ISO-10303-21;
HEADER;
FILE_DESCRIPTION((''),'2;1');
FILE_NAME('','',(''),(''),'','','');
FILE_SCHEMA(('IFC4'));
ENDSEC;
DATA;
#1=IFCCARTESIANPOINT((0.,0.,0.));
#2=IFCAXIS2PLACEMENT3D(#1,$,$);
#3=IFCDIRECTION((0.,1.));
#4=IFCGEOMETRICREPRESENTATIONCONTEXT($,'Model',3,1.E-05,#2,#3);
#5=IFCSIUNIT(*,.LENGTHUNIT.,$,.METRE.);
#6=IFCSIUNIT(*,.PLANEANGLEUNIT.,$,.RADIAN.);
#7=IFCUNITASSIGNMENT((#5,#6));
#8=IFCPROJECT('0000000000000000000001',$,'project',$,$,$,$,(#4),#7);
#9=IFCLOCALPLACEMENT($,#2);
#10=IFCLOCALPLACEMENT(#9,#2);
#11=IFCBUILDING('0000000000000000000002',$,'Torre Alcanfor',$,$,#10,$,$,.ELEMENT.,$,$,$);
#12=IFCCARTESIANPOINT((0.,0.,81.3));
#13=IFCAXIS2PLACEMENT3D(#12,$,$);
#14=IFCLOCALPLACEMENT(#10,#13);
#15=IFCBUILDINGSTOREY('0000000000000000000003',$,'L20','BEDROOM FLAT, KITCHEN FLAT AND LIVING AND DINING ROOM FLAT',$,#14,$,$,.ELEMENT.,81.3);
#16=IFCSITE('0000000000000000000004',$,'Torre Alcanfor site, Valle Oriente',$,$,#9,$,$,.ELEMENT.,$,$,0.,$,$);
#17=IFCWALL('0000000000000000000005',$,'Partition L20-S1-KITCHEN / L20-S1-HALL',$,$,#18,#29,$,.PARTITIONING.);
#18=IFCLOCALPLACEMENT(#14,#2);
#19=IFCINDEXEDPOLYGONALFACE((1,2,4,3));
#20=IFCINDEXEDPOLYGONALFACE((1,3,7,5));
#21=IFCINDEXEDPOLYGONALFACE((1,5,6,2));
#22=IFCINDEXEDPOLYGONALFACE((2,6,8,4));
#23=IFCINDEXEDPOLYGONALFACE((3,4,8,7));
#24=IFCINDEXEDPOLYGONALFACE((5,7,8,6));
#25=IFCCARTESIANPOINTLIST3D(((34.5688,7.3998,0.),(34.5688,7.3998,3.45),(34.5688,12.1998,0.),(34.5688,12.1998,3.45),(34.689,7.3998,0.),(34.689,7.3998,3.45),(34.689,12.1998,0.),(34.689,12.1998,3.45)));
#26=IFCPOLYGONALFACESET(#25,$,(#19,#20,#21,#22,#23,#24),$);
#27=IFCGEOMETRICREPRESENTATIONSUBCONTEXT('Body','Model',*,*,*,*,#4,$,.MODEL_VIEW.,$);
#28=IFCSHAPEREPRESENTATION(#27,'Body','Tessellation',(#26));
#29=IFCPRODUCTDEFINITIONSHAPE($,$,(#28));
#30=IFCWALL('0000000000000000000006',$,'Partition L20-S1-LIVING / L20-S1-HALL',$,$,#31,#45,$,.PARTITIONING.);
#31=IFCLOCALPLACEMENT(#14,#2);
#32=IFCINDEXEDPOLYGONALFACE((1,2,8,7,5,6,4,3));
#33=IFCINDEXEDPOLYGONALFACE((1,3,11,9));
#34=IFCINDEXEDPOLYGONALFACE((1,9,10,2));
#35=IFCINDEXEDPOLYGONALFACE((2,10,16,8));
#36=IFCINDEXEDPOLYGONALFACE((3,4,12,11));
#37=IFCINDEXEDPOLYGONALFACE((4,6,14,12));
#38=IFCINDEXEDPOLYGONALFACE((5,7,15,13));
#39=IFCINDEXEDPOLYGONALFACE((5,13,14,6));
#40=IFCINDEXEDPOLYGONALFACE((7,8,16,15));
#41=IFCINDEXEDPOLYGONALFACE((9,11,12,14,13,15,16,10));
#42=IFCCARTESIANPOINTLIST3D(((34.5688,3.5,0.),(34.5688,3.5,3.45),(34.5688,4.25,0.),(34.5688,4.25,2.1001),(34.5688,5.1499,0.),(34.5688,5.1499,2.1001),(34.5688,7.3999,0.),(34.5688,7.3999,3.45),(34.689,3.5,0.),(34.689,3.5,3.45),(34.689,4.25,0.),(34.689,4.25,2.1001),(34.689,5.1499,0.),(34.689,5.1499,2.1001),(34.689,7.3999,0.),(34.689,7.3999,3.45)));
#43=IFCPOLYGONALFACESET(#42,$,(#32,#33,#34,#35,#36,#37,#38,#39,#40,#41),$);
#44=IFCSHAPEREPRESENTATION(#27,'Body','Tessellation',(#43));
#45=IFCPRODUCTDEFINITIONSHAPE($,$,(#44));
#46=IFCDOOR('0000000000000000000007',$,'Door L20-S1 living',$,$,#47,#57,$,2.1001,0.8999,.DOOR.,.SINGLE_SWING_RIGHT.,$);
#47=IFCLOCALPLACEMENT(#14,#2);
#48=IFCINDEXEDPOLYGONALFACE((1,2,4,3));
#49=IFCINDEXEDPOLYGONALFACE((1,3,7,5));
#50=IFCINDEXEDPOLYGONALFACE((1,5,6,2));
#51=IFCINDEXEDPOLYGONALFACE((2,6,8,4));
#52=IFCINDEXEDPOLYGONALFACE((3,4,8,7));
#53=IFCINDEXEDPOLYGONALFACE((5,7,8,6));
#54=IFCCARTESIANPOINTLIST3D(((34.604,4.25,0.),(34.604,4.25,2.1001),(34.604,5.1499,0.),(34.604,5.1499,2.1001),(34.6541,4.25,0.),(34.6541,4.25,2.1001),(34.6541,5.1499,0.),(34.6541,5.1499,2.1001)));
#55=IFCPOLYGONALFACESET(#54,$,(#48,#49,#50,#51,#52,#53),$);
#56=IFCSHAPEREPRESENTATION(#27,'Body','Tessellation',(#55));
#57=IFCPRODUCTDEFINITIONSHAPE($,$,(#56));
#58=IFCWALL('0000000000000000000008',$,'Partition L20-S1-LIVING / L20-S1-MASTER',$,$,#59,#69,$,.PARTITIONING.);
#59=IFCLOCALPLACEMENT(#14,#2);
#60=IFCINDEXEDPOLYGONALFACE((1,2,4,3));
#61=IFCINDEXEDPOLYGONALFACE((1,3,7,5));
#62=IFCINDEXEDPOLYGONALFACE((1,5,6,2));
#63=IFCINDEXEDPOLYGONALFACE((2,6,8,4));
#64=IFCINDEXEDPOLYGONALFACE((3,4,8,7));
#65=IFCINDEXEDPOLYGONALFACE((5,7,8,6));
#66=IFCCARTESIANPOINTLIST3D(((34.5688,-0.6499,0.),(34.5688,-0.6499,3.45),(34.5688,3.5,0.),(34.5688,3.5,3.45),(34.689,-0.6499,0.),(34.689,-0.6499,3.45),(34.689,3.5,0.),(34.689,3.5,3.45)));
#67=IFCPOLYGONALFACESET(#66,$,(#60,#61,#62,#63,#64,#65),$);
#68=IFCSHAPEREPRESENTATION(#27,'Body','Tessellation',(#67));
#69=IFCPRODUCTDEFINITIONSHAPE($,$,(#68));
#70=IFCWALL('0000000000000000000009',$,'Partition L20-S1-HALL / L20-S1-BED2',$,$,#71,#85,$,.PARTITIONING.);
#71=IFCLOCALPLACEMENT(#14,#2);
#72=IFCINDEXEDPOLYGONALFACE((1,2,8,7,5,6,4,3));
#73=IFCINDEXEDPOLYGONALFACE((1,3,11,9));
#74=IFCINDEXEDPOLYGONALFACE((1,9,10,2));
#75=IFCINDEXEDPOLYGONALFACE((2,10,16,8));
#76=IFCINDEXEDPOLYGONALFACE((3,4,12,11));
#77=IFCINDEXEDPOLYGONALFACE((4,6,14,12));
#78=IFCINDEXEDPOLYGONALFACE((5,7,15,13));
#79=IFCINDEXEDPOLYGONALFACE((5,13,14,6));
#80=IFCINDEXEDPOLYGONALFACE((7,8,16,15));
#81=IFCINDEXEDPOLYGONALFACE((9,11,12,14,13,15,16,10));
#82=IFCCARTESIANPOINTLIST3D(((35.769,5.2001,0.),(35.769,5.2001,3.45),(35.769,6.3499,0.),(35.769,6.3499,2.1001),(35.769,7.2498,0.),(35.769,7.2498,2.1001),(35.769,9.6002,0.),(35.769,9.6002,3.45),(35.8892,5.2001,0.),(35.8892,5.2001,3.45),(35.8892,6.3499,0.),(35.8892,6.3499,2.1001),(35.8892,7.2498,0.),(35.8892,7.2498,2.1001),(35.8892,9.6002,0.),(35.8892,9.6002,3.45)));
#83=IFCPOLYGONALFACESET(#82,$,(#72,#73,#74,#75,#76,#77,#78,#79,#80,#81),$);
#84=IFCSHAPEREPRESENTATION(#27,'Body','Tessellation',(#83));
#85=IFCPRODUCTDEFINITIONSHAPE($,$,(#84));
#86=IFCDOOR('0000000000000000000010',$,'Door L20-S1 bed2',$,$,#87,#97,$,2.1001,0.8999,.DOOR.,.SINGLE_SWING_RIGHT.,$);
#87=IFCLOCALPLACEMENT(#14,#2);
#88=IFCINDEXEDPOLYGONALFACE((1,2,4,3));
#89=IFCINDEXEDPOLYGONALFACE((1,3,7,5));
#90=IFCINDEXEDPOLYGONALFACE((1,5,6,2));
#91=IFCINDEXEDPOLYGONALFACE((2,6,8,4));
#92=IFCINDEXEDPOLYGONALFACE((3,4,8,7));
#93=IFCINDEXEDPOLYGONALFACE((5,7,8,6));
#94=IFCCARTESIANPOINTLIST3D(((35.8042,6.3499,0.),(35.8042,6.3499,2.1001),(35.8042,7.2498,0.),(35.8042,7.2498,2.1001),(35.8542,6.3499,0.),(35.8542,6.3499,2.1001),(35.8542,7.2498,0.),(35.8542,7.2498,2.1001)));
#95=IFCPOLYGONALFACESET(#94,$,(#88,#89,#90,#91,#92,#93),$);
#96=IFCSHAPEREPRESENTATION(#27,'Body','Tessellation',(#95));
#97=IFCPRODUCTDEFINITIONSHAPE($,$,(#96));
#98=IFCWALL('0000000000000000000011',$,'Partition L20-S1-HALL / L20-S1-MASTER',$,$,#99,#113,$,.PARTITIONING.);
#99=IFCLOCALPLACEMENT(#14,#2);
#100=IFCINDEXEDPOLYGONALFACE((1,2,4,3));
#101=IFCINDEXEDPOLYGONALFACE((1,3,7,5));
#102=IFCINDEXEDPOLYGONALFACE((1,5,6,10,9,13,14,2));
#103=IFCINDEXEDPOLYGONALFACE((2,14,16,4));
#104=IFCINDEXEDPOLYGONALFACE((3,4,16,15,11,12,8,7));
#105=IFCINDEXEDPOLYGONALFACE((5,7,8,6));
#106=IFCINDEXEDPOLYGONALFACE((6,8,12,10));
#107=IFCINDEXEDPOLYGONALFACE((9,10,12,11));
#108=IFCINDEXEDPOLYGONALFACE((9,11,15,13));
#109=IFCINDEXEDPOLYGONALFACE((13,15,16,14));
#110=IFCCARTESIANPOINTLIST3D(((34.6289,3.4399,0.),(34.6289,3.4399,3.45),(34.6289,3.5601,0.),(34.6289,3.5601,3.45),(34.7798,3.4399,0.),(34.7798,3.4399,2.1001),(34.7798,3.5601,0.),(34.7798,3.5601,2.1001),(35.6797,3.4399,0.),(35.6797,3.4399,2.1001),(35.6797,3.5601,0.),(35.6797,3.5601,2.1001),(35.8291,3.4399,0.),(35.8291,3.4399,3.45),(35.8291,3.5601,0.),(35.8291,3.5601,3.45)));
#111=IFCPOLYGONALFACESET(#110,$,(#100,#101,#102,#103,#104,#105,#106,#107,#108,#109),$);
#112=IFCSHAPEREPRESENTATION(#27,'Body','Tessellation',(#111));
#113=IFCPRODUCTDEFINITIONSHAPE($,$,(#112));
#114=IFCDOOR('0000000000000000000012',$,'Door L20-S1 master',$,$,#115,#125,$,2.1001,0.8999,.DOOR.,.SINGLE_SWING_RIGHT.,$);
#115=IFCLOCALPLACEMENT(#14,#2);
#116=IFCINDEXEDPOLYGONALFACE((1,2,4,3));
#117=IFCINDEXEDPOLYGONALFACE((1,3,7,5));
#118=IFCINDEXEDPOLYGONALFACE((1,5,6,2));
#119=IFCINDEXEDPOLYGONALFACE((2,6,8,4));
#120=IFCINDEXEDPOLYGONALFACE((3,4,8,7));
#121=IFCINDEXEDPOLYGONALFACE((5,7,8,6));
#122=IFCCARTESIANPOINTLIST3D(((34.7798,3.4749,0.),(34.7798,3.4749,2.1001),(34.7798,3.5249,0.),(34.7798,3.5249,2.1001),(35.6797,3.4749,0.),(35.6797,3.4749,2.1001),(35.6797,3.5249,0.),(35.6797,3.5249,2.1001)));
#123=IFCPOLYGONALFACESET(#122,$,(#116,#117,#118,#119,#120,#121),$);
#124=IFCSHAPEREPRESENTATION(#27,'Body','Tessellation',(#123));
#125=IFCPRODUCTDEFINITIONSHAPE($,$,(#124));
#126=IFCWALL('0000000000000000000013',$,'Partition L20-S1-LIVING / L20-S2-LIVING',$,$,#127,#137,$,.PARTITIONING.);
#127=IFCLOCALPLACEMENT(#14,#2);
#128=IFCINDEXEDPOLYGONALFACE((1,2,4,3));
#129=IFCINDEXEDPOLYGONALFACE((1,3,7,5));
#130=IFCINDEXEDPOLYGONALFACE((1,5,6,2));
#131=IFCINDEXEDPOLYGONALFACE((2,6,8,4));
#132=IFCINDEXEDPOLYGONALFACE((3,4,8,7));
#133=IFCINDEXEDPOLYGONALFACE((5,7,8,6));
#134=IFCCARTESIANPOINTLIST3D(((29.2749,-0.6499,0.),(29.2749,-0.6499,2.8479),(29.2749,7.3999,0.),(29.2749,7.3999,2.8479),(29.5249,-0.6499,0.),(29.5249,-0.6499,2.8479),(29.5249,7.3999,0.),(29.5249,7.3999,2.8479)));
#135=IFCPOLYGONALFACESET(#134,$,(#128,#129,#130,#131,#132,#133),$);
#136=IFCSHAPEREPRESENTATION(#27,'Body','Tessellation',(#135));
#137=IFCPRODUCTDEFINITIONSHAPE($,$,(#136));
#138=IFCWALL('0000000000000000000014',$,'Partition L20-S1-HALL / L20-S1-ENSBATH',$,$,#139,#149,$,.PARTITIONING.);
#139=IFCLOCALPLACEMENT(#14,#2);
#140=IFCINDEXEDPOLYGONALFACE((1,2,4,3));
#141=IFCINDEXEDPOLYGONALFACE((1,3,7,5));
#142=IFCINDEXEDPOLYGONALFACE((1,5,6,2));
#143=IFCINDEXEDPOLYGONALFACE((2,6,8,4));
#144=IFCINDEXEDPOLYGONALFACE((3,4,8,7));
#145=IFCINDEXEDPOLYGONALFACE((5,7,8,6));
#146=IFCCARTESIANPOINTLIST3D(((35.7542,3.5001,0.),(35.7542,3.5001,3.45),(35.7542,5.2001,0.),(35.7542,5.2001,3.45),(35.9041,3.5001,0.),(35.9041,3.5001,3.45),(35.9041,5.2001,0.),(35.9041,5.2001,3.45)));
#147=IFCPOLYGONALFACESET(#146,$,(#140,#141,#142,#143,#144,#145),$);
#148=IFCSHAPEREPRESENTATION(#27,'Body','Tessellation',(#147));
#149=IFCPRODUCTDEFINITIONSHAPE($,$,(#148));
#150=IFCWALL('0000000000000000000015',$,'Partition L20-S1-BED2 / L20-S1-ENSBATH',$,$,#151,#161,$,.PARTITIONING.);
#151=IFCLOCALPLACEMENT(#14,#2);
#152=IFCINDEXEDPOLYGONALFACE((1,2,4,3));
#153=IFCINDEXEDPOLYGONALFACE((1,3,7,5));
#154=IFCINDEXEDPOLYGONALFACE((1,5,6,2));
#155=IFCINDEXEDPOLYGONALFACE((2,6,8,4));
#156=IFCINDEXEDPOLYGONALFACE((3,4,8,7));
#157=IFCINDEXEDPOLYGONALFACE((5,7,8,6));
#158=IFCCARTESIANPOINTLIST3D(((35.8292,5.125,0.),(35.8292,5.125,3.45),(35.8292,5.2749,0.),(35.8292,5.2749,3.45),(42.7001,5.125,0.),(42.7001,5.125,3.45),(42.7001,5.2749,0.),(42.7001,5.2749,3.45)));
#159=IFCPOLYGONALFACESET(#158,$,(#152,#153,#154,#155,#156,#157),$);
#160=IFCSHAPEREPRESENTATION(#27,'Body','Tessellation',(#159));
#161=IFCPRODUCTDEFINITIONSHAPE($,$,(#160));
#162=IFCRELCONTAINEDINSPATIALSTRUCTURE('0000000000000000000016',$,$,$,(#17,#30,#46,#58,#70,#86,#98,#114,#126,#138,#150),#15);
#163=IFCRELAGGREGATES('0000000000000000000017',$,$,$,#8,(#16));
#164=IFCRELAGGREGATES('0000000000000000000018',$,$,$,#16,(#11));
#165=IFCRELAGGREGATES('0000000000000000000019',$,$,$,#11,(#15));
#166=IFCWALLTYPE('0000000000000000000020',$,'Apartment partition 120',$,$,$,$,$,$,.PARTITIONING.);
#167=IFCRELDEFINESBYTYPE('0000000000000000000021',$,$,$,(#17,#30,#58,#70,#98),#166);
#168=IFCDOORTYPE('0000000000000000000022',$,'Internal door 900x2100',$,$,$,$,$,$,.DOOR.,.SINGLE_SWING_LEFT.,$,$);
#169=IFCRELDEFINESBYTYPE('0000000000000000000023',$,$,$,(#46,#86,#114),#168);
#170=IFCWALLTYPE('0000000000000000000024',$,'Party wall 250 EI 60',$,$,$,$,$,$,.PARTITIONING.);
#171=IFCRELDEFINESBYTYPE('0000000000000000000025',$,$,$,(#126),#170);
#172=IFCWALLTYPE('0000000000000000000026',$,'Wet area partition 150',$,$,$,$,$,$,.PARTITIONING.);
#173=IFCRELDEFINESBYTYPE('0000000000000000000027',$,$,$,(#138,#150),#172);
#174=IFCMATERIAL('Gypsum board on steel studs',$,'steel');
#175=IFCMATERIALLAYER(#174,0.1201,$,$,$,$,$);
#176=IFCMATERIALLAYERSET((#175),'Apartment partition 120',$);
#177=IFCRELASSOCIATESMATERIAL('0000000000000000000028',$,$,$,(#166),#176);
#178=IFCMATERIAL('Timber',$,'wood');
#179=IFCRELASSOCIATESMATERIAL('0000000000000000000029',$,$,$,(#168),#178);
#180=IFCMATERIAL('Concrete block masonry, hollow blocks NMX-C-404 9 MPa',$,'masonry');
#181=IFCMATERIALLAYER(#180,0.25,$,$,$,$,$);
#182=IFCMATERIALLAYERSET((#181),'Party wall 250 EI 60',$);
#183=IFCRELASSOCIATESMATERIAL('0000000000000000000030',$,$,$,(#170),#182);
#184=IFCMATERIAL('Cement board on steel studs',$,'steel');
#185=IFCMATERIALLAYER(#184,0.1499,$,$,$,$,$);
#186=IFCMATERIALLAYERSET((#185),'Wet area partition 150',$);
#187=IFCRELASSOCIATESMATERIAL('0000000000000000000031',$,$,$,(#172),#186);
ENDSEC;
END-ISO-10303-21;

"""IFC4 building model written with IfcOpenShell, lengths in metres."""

from ifc_helpers import new_model, si_unit, direction, frame, frame_2d, origin, place, context, subcontext, project, spatial, rectangle, extrude, material, layer, layer_set, type_object, element, fill, save


model = new_model("IFC4")

# Units and contexts
model_context = context("Model", 3, precision=1e-05, world=origin(), true_north=direction((0.0, 1.0)))
body_context = subcontext(model_context, "Body", "Model", "MODEL_VIEW")
ifc_project = project(units=[si_unit("LENGTHUNIT", "METRE"), si_unit("PLANEANGLEUNIT", "RADIAN")], contexts=[model_context])

# Site, building, storey
site_placement = place(None, origin())
site = spatial("IfcSite", under=ifc_project, at=site_placement, Name="Torre Alcanfor site, Valle Oriente", CompositionType="ELEMENT", RefElevation=0.0)
building_placement = place(site_placement, origin())
building = spatial("IfcBuilding", under=site, at=building_placement, Name="Torre Alcanfor", CompositionType="ELEMENT")
storey_placement = place(building_placement, frame((0.0, 0.0, 81.3)))
storey = spatial("IfcBuildingStorey", under=building, at=storey_placement, Name="L20", Description="BEDROOM FLAT, KITCHEN FLAT AND LIVING AND DINING ROOM FLAT", CompositionType="ELEMENT", Elevation=81.3)

# Wall
ifc_material_1 = material(Name="Gypsum board on steel studs", Category="steel")
ifc_layer_1 = layer(ifc_material_1, 0.1201)
ifc_layer_set_1 = layer_set([ifc_layer_1], Name="Apartment partition 120")
wall_type_1 = type_object("IfcWallType", Name="Apartment partition 120", PredefinedType="PARTITIONING", material=ifc_layer_set_1)
wall_1_placement = place(storey_placement, frame((34.6289, 7.3999, 0.0), z_axis=(0.0, 0.0, 1.0), x_axis=(0.0, 1.0, 0.0)))
element("IfcWall", 1, at=wall_1_placement, inside=storey, type_object=wall_type_1, Name="Partition L20-S1-KITCHEN / L20-S1-HALL", PredefinedType="PARTITIONING", context=body_context, shape_type="SweptSolid", body=[
    extrude(rectangle(XDim=4.8, YDim=0.1201, at=frame_2d((2.3999, 0.0))), origin(), (0.0, 0.0, 1.0), 3.45),
])

# Wall, opening, door
wall_2_placement = place(storey_placement, frame((34.6289, 3.5, 0.0), z_axis=(0.0, 0.0, 1.0), x_axis=(0.0, 1.0, 0.0)))
wall_2 = element("IfcWall", 2, at=wall_2_placement, inside=storey, type_object=wall_type_1, Name="Partition L20-S1-LIVING / L20-S1-HALL", PredefinedType="PARTITIONING", context=body_context, shape_type="SweptSolid", body=[
    extrude(rectangle(XDim=3.8999, YDim=0.1201, at=frame_2d((1.95, 0.0))), origin(), (0.0, 0.0, 1.0), 3.45),
])
opening_1_placement = place(wall_2_placement, frame((0.75, 0.0, 0.0)))
opening_1 = element("IfcOpeningElement", 3, at=opening_1_placement, cuts=wall_2, PredefinedType="OPENING", context=body_context, shape_type="SweptSolid", body=[
    extrude(rectangle(XDim=0.8999, YDim=2.1001, at=frame_2d((0.45, 1.05))), frame((0.0, 0.0701, 0.0), z_axis=(0.0, -1.0, 0.0), x_axis=(1.0, 0.0, 0.0)), (0.0, 0.0, 1.0), 0.1401),
])
ifc_material_2 = material(Name="Timber", Category="wood")
door_type_1 = type_object("IfcDoorType", Name="Internal door 900x2100", OperationType="SINGLE_SWING_LEFT", PredefinedType="DOOR", material=ifc_material_2)
door_1_placement = place(opening_1_placement, origin())
door_1 = element("IfcDoor", 4, at=door_1_placement, inside=storey, type_object=door_type_1, Name="Door L20-S1 living", OperationType="SINGLE_SWING_RIGHT", OverallHeight=2.1001, OverallWidth=0.8999, PredefinedType="DOOR", context=body_context, shape_type="SweptSolid", body=[
    extrude(rectangle(XDim=0.8999, YDim=2.1001, at=frame_2d((0.45, 1.05))), frame((0.0, 0.0249, 0.0), z_axis=(0.0, -1.0, 0.0), x_axis=(1.0, 0.0, 0.0)), (0.0, 0.0, 1.0), 0.05),
])
fill(opening_1, door_1)

# Wall
wall_3_placement = place(storey_placement, frame((34.6289, -0.6499, 0.0), z_axis=(0.0, 0.0, 1.0), x_axis=(0.0, 1.0, 0.0)))
element("IfcWall", 5, at=wall_3_placement, inside=storey, type_object=wall_type_1, Name="Partition L20-S1-LIVING / L20-S1-MASTER", PredefinedType="PARTITIONING", context=body_context, shape_type="SweptSolid", body=[
    extrude(rectangle(XDim=4.1499, YDim=0.1201, at=frame_2d((2.075, 0.0))), origin(), (0.0, 0.0, 1.0), 3.45),
])

# Walls, openings, doors
wall_4_placement = place(storey_placement, frame((35.8291, 5.2, 0.0), z_axis=(0.0, 0.0, 1.0), x_axis=(0.0, 1.0, 0.0)))
wall_4 = element("IfcWall", 6, at=wall_4_placement, inside=storey, type_object=wall_type_1, Name="Partition L20-S1-HALL / L20-S1-BED2", PredefinedType="PARTITIONING", context=body_context, shape_type="SweptSolid", body=[
    extrude(rectangle(XDim=4.4001, YDim=0.1201, at=frame_2d((2.2002, 0.0))), origin(), (0.0, 0.0, 1.0), 3.45),
])
opening_2_placement = place(wall_4_placement, frame((1.1499, 0.0, 0.0)))
opening_2 = element("IfcOpeningElement", 7, at=opening_2_placement, cuts=wall_4, PredefinedType="OPENING", context=body_context, shape_type="SweptSolid", body=[
    extrude(rectangle(XDim=0.8999, YDim=2.1001, at=frame_2d((0.45, 1.05))), frame((0.0, 0.0701, 0.0), z_axis=(0.0, -1.0, 0.0), x_axis=(1.0, 0.0, 0.0)), (0.0, 0.0, 1.0), 0.1401),
])
door_2_placement = place(opening_2_placement, frame((0.8999, 0.0, 0.0), z_axis=(0.0, 0.0, 1.0), x_axis=(-1.0, 0.0, 0.0)))
door_2 = element("IfcDoor", 8, at=door_2_placement, inside=storey, type_object=door_type_1, Name="Door L20-S1 bed2", OperationType="SINGLE_SWING_RIGHT", OverallHeight=2.1001, OverallWidth=0.8999, PredefinedType="DOOR", context=body_context, shape_type="SweptSolid", body=[
    extrude(rectangle(XDim=0.8999, YDim=2.1001, at=frame_2d((0.45, 1.05))), frame((0.0, 0.0251, 0.0), z_axis=(0.0, -1.0, 0.0), x_axis=(1.0, 0.0, 0.0)), (0.0, 0.0, 1.0), 0.05),
])
fill(opening_2, door_2)
wall_5_placement = place(storey_placement, frame((34.6289, 3.5, 0.0), z_axis=(0.0, 0.0, 1.0), x_axis=(1.0, 0.0, 0.0)))
wall_5 = element("IfcWall", 9, at=wall_5_placement, inside=storey, type_object=wall_type_1, Name="Partition L20-S1-HALL / L20-S1-MASTER", PredefinedType="PARTITIONING", context=body_context, shape_type="SweptSolid", body=[
    extrude(rectangle(XDim=1.2002, YDim=0.1201, at=frame_2d((0.6001, 0.0))), origin(), (0.0, 0.0, 1.0), 3.45),
])
opening_3_placement = place(wall_5_placement, frame((0.1509, 0.0, 0.0)))
opening_3 = element("IfcOpeningElement", 10, at=opening_3_placement, cuts=wall_5, PredefinedType="OPENING", context=body_context, shape_type="SweptSolid", body=[
    extrude(rectangle(XDim=0.8999, YDim=2.1001, at=frame_2d((0.45, 1.05))), frame((0.0, 0.0701, 0.0), z_axis=(0.0, -1.0, 0.0), x_axis=(1.0, 0.0, 0.0)), (0.0, 0.0, 1.0), 0.1401),
])
door_3_placement = place(opening_3_placement, frame((0.8999, 0.0, 0.0), z_axis=(0.0, 0.0, 1.0), x_axis=(-1.0, 0.0, 0.0)))
door_3 = element("IfcDoor", 11, at=door_3_placement, inside=storey, type_object=door_type_1, Name="Door L20-S1 master", OperationType="SINGLE_SWING_RIGHT", OverallHeight=2.1001, OverallWidth=0.8999, PredefinedType="DOOR", context=body_context, shape_type="SweptSolid", body=[
    extrude(rectangle(XDim=0.8999, YDim=2.1001, at=frame_2d((0.45, 1.05))), frame((0.0, 0.0251, 0.0), z_axis=(0.0, -1.0, 0.0), x_axis=(1.0, 0.0, 0.0)), (0.0, 0.0, 1.0), 0.05),
])
fill(opening_3, door_3)

# Walls
ifc_material_3 = material(Name="Concrete block masonry, hollow blocks NMX-C-404 9 MPa", Category="masonry")
ifc_layer_2 = layer(ifc_material_3, 0.25)
ifc_layer_set_2 = layer_set([ifc_layer_2], Name="Party wall 250 EI 60")
wall_type_2 = type_object("IfcWallType", Name="Party wall 250 EI 60", PredefinedType="PARTITIONING", material=ifc_layer_set_2)
wall_6_placement = place(storey_placement, frame((29.3999, 7.3999, 0.0), z_axis=(0.0, 0.0, 1.0), x_axis=(0.0, -1.0, 0.0)))
element("IfcWall", 12, at=wall_6_placement, inside=storey, type_object=wall_type_2, Name="Partition L20-S1-LIVING / L20-S2-LIVING", PredefinedType="PARTITIONING", context=body_context, shape_type="SweptSolid", body=[
    extrude(rectangle(XDim=8.0498, YDim=0.25, at=frame_2d((4.0249, 0.0))), origin(), (0.0, 0.0, 1.0), 2.8479),
])
ifc_material_4 = material(Name="Cement board on steel studs", Category="steel")
ifc_layer_3 = layer(ifc_material_4, 0.1499)
ifc_layer_set_3 = layer_set([ifc_layer_3], Name="Wet area partition 150")
wall_type_3 = type_object("IfcWallType", Name="Wet area partition 150", PredefinedType="PARTITIONING", material=ifc_layer_set_3)
wall_7_placement = place(storey_placement, frame((35.8291, 3.5, 0.0), z_axis=(0.0, 0.0, 1.0), x_axis=(0.0, 1.0, 0.0)))
element("IfcWall", 13, at=wall_7_placement, inside=storey, type_object=wall_type_3, Name="Partition L20-S1-HALL / L20-S1-ENSBATH", PredefinedType="PARTITIONING", context=body_context, shape_type="SweptSolid", body=[
    extrude(rectangle(XDim=1.7, YDim=0.1499, at=frame_2d((0.8501, 0.0))), origin(), (0.0, 0.0, 1.0), 3.45),
])
wall_8_placement = place(storey_placement, frame((35.8291, 5.2, 0.0), z_axis=(0.0, 0.0, 1.0), x_axis=(1.0, 0.0, 0.0)))
element("IfcWall", 14, at=wall_8_placement, inside=storey, type_object=wall_type_3, Name="Partition L20-S1-BED2 / L20-S1-ENSBATH", PredefinedType="PARTITIONING", context=body_context, shape_type="SweptSolid", body=[
    extrude(rectangle(XDim=6.8708, YDim=0.1499, at=frame_2d((3.4355, 0.0))), origin(), (0.0, 0.0, 1.0), 3.45),
])

save(model, "model.ifc")
